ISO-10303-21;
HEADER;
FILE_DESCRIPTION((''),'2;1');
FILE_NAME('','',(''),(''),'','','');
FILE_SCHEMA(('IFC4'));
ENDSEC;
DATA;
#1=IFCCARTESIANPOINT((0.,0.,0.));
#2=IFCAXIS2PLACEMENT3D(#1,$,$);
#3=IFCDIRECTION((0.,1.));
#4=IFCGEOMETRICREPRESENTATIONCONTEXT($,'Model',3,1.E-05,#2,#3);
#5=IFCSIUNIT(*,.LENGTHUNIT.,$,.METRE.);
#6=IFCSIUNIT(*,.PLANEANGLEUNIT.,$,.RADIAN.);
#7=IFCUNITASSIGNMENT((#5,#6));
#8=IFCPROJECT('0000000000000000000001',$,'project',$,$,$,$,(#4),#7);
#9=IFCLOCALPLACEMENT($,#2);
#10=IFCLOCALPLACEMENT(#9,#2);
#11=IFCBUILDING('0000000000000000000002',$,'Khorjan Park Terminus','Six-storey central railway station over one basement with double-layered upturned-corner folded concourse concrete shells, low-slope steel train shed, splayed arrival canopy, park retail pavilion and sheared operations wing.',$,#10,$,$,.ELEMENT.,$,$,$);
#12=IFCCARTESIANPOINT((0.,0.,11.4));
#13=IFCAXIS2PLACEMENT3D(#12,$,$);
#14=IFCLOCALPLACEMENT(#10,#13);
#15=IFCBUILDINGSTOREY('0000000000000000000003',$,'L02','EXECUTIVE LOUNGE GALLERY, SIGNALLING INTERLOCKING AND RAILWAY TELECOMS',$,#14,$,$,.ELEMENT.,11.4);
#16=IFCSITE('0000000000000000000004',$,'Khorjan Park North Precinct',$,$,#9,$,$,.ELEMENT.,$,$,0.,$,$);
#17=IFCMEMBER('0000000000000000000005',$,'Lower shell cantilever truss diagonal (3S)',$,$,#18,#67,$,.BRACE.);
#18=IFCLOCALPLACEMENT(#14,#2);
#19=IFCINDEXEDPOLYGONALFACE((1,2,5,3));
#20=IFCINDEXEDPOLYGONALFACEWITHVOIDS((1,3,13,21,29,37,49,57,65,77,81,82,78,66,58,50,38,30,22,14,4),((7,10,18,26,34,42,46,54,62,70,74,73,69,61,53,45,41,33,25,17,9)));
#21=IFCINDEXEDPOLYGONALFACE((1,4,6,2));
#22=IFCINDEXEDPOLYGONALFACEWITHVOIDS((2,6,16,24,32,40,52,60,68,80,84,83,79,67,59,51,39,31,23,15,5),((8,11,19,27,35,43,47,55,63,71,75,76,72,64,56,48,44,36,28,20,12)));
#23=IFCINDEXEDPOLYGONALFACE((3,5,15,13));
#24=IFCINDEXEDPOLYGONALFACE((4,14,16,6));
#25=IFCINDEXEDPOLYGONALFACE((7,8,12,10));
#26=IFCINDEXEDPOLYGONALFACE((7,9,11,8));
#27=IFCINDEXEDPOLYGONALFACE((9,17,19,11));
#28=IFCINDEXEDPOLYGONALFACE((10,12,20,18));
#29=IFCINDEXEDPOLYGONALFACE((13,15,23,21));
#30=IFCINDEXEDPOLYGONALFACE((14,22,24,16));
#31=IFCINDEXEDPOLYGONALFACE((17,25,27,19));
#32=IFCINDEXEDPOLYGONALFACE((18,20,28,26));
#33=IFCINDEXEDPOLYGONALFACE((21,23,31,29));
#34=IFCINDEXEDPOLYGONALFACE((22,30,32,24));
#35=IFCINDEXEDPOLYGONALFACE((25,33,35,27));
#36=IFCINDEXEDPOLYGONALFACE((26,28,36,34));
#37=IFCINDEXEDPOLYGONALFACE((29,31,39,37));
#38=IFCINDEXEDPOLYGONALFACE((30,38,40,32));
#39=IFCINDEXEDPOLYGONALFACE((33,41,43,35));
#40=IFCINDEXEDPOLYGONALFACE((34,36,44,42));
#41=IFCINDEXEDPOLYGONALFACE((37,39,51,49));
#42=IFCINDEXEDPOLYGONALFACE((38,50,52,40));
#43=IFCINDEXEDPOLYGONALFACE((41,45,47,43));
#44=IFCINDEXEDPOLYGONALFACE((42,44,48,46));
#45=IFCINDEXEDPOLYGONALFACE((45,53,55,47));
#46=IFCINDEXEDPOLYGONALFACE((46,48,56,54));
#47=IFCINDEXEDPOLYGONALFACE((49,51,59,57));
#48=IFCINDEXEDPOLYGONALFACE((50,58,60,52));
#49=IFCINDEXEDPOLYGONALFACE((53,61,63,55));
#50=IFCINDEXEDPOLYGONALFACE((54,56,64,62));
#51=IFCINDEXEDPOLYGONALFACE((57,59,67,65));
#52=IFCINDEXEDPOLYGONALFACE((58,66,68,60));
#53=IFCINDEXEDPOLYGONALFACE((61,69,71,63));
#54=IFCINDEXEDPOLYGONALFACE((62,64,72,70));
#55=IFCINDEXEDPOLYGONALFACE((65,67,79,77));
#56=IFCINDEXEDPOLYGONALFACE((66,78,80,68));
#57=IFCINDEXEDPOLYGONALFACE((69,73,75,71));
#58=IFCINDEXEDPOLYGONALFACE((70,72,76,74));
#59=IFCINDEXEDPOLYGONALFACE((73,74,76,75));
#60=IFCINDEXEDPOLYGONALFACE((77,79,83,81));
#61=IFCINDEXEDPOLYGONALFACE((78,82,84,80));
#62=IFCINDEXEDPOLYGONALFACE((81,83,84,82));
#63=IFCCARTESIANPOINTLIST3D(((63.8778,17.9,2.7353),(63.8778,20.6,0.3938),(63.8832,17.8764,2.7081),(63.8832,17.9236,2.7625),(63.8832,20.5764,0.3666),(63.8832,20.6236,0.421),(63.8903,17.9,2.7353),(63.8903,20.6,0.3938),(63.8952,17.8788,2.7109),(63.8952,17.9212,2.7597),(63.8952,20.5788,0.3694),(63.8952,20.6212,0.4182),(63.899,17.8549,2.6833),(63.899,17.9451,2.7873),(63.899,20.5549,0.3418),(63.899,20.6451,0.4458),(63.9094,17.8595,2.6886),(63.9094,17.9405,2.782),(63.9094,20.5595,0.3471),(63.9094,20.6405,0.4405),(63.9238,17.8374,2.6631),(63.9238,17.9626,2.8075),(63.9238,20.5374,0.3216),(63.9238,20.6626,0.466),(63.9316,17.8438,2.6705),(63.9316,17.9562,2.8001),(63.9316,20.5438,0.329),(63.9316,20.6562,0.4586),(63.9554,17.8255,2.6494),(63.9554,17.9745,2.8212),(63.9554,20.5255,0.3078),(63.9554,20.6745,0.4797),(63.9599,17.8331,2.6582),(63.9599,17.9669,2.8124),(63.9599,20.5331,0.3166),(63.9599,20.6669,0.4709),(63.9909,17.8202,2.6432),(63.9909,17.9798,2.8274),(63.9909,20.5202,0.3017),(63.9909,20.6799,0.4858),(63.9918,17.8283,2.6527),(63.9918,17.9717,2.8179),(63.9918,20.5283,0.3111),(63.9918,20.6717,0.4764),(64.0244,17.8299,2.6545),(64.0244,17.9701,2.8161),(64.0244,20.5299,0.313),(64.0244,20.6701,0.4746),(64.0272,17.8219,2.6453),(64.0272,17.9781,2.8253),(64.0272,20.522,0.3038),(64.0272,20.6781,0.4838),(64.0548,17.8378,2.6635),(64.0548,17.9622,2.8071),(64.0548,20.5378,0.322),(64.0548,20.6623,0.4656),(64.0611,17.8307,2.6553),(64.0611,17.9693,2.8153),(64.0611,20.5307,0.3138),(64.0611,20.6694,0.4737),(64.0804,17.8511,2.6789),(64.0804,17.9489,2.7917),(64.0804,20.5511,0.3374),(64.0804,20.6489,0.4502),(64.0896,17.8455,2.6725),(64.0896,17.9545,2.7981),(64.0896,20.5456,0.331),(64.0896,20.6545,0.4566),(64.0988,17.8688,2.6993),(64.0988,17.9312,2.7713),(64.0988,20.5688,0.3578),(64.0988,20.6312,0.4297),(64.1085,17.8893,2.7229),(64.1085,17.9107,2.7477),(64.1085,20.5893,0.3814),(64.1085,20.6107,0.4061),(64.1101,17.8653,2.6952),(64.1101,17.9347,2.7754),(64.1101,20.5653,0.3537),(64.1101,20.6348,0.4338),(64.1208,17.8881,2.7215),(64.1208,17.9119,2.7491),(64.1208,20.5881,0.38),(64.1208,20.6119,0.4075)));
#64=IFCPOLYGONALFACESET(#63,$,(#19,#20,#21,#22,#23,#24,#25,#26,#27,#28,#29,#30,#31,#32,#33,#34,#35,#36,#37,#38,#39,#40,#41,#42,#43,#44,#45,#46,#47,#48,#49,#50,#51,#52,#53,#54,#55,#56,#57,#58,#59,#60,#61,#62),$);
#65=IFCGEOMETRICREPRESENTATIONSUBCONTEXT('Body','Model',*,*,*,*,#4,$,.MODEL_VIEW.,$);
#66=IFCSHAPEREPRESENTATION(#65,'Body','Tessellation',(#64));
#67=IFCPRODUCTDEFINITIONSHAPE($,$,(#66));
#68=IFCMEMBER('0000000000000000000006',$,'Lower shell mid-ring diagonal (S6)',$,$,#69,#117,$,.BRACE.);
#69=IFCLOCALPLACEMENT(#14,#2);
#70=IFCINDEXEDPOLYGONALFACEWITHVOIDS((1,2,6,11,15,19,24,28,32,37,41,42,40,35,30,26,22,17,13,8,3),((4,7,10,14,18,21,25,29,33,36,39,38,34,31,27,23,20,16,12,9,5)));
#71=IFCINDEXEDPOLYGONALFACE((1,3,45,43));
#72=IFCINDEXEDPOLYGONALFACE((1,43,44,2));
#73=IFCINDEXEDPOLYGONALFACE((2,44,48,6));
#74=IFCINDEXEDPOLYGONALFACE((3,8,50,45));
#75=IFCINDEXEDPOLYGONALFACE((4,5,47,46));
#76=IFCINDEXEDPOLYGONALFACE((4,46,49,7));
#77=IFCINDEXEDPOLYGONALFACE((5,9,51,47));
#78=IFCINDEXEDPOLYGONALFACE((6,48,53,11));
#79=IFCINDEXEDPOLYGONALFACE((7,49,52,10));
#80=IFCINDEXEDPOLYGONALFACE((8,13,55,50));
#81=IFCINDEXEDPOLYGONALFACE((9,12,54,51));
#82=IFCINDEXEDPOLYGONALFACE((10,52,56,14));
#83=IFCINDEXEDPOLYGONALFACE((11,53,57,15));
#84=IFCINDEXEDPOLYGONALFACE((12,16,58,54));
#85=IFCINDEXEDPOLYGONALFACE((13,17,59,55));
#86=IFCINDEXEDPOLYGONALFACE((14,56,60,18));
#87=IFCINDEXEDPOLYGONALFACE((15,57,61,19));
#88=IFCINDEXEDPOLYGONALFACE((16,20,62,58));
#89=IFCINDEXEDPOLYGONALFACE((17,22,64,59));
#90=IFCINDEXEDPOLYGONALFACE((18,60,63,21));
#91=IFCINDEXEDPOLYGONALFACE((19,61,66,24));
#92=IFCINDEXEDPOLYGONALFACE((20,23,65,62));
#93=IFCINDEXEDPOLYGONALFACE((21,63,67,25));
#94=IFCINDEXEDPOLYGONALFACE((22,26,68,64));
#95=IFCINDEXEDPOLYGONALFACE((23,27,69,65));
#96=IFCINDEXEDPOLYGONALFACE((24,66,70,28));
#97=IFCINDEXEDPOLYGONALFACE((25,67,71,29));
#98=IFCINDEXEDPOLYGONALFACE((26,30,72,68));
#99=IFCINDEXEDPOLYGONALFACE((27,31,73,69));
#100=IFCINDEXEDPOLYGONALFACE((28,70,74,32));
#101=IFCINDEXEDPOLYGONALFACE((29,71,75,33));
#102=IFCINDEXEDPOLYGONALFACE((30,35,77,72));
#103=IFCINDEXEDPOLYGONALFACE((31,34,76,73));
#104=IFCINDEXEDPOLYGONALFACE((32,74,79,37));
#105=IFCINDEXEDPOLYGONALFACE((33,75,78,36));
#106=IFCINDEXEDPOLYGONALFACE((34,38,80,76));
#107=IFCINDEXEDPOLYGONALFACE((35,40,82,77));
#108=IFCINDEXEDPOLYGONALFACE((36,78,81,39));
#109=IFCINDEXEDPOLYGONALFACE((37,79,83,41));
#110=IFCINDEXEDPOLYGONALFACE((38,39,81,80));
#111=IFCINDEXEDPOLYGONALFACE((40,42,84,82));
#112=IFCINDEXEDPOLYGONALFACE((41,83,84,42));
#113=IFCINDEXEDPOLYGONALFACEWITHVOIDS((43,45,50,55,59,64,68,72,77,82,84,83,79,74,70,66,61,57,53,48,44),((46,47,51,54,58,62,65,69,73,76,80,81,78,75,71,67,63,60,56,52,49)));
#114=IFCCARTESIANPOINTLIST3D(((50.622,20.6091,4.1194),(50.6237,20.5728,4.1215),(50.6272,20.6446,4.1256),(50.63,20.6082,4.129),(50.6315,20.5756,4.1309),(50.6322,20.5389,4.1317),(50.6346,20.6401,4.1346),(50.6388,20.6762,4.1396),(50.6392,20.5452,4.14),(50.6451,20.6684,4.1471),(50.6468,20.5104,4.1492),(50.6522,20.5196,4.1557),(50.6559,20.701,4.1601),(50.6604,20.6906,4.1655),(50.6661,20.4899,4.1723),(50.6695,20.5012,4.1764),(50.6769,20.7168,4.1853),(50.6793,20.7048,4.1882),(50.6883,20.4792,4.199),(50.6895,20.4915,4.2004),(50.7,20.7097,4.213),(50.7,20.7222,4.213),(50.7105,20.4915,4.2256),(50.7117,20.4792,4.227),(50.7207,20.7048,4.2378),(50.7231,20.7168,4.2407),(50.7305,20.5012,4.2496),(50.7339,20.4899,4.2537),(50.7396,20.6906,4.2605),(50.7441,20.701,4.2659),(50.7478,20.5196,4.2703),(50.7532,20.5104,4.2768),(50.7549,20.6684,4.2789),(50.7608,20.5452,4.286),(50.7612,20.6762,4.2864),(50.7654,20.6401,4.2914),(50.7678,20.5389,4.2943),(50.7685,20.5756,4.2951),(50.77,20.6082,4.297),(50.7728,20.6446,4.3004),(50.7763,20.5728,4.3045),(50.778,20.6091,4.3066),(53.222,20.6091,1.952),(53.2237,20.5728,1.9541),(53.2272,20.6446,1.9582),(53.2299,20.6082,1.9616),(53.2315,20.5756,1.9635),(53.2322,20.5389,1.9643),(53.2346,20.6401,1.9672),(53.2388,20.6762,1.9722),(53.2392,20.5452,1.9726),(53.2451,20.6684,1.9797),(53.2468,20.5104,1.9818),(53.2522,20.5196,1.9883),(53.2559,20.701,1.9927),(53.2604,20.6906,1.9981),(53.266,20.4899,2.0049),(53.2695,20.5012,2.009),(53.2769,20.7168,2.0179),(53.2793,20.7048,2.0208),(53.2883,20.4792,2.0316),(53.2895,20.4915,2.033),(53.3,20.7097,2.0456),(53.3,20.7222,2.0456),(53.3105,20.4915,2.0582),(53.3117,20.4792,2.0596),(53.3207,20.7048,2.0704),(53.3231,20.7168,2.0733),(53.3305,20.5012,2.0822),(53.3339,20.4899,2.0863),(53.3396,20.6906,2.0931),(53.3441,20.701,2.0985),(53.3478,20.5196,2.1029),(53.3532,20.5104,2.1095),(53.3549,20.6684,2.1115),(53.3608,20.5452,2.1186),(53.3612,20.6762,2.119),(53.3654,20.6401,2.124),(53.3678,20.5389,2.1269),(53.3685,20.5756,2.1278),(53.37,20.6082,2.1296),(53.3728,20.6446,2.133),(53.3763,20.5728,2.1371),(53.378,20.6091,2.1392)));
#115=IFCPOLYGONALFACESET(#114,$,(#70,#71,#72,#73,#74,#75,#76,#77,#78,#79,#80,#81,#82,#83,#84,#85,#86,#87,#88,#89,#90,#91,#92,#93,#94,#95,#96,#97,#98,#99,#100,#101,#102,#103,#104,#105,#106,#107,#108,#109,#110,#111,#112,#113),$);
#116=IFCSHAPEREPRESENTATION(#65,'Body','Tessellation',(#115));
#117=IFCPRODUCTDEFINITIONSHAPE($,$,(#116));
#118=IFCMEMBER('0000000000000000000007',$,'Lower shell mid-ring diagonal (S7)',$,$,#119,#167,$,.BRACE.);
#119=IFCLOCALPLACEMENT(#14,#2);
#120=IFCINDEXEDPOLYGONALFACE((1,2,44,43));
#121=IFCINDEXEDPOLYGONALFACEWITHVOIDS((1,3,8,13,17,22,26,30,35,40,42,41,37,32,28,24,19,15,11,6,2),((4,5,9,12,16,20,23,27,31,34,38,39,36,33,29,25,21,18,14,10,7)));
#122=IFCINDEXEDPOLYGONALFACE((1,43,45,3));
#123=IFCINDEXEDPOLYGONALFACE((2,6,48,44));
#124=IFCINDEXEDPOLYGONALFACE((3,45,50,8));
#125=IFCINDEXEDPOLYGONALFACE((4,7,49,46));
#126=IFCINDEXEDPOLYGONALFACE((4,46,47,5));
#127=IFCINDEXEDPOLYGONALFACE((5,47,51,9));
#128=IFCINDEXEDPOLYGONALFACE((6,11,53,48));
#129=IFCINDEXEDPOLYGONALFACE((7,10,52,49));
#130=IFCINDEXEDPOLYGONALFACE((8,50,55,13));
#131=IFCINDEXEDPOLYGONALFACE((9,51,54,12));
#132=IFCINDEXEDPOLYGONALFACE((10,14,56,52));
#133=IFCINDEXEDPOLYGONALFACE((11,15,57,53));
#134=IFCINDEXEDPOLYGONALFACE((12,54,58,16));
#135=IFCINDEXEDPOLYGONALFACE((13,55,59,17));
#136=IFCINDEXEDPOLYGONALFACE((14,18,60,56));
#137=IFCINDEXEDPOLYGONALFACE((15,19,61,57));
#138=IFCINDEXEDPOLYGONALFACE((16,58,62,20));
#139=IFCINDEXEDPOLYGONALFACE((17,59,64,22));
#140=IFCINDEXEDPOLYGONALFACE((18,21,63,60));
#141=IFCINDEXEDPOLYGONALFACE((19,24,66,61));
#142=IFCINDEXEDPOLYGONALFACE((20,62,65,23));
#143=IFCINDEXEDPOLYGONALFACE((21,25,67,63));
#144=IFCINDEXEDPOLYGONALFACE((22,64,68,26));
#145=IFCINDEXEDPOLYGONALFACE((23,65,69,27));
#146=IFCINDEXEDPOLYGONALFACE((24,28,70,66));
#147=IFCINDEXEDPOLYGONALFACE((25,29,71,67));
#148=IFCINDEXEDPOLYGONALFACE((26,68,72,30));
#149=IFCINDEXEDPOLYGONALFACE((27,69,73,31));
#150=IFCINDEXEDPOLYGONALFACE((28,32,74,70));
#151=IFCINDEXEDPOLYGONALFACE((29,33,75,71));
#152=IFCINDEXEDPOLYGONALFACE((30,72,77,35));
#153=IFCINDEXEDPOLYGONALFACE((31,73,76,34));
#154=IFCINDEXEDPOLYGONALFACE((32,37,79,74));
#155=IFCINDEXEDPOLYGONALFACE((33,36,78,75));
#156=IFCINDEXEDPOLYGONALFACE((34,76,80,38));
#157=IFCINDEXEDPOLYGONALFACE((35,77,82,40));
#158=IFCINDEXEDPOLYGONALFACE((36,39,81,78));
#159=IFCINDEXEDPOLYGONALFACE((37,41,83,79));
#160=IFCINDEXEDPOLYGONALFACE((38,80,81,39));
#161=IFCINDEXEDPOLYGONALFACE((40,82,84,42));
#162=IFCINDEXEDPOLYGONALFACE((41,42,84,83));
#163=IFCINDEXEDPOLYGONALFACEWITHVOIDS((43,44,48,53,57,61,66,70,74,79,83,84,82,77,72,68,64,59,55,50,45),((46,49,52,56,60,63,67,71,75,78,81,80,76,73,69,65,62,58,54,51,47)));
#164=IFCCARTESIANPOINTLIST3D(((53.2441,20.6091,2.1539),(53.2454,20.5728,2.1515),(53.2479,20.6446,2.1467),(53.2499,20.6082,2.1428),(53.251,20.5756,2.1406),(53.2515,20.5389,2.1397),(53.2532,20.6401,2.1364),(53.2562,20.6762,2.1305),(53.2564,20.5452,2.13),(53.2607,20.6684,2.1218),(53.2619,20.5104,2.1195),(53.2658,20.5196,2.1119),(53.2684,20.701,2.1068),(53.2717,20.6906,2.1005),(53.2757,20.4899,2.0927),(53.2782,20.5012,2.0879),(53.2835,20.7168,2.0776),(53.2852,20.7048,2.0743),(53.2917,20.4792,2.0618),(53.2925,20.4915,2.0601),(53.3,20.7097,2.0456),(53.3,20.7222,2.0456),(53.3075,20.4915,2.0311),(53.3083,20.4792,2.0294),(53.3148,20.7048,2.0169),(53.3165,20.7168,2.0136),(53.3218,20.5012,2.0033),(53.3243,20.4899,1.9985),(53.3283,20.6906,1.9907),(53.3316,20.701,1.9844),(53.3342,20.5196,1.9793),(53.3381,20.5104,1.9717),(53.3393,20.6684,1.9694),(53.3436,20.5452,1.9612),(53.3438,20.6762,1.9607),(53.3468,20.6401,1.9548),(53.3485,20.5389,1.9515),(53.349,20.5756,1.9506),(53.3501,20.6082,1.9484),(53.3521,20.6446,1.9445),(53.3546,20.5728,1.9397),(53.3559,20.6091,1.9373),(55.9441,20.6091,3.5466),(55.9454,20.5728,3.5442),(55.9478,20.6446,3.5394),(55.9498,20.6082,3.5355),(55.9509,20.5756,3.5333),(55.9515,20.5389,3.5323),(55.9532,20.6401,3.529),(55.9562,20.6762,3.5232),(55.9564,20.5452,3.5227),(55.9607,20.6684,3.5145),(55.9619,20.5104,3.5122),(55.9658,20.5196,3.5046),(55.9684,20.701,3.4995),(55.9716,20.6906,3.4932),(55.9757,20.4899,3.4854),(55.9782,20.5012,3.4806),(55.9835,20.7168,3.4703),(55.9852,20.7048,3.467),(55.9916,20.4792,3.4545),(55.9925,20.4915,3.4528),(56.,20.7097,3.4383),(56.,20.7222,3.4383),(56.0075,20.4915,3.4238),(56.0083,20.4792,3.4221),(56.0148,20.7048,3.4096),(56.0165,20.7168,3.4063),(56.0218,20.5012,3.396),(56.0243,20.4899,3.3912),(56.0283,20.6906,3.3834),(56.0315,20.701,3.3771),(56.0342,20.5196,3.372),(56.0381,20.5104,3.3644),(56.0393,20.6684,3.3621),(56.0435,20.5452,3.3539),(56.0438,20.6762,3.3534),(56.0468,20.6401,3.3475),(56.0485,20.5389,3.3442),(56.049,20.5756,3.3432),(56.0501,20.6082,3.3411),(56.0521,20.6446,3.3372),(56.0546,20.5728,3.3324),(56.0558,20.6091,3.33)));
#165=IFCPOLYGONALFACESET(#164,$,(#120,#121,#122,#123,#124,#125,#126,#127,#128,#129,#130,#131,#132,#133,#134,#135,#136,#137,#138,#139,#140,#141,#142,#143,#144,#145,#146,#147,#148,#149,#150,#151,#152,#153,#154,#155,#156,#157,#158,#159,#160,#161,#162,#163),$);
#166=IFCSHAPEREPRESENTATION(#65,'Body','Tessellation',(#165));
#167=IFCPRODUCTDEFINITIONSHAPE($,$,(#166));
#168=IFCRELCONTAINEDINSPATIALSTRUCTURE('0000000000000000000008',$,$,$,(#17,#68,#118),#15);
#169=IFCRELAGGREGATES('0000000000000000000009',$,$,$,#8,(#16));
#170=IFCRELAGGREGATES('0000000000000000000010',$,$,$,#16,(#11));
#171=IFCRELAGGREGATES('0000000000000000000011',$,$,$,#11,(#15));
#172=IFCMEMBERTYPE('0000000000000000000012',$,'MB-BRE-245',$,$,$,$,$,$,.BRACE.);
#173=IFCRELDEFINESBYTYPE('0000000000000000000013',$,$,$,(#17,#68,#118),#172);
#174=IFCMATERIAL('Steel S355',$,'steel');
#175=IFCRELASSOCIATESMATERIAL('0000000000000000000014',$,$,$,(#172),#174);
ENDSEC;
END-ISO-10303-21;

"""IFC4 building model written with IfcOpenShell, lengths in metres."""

from ifc_helpers import new_model, si_unit, direction, frame, origin, origin_2d, place, context, subcontext, project, spatial, hollow_circle, extrude, material, material_profile, profile_set, type_object, element, save


model = new_model("IFC4")

# Units and contexts
model_context = context("Model", 3, precision=1e-05, world=origin(), true_north=direction((0.0, 1.0)))
body_context = subcontext(model_context, "Body", "Model", "MODEL_VIEW")
ifc_project = project(units=[si_unit("LENGTHUNIT", "METRE"), si_unit("PLANEANGLEUNIT", "RADIAN")], contexts=[model_context])

# Site, building, storey
site_placement = place(None, origin())
site = spatial("IfcSite", under=ifc_project, at=site_placement, Name="Khorjan Park North Precinct", CompositionType="ELEMENT", RefElevation=0.0)
building_placement = place(site_placement, origin())
building = spatial("IfcBuilding", under=site, at=building_placement, Name="Khorjan Park Terminus", Description="Six-storey central railway station over one basement with double-layered upturned-corner folded concourse concrete shells, low-slope steel train shed, splayed arrival canopy, park retail pavilion and sheared operations wing.", CompositionType="ELEMENT")
storey_placement = place(building_placement, frame((0.0, 0.0, 11.4)))
storey = spatial("IfcBuildingStorey", under=building, at=storey_placement, Name="L02", Description="EXECUTIVE LOUNGE GALLERY, SIGNALLING INTERLOCKING AND RAILWAY TELECOMS", CompositionType="ELEMENT", Elevation=11.4)

# Members
ifc_material_1 = material(Name="Steel S355", Category="steel")
ifc_material_profile_1 = material_profile(ifc_material_1, hollow_circle(Radius=0.1222, WallThickness=0.0125, at=origin_2d()), Name="CHS 244.5x12.5")
ifc_profile_set_1 = profile_set([ifc_material_profile_1], Name="Steel S355")
member_type_1 = type_object("IfcMemberType", Name="MB-BRE-245", PredefinedType="BRACE", material=ifc_profile_set_1)
member_1_placement = place(storey_placement, frame((64.0, 17.9, 2.7353), z_axis=(0.0, 0.755481, -0.65517), x_axis=(-1.0, 0.0, 0.0)))
element("IfcMember", 1, at=member_1_placement, inside=storey, type_object=member_type_1, Name="Lower shell cantilever truss diagonal (3S)", PredefinedType="BRACE", context=body_context, shape_type="SweptSolid", body=[
    extrude(hollow_circle(Radius=0.1222, WallThickness=0.0125, at=origin_2d()), origin(), (0.0, 0.0, 1.0), 3.5739),
])
member_2_placement = place(storey_placement, frame((50.7, 20.6, 4.213), z_axis=(0.768115, 0.0, -0.640312), x_axis=(0.0, 1.0, 0.0)))
element("IfcMember", 2, at=member_2_placement, inside=storey, type_object=member_type_1, Name="Lower shell mid-ring diagonal (S6)", PredefinedType="BRACE", context=body_context, shape_type="SweptSolid", body=[
    extrude(hollow_circle(Radius=0.1222, WallThickness=0.0125, at=origin_2d()), origin(), (0.0, 0.0, 1.0), 3.3849),
])
member_3_placement = place(storey_placement, frame((53.3, 20.6, 2.0456), z_axis=(0.888734, 0.0, 0.458422), x_axis=(0.0, 1.0, 0.0)))
element("IfcMember", 3, at=member_3_placement, inside=storey, type_object=member_type_1, Name="Lower shell mid-ring diagonal (S7)", PredefinedType="BRACE", context=body_context, shape_type="SweptSolid", body=[
    extrude(hollow_circle(Radius=0.1222, WallThickness=0.0125, at=origin_2d()), origin(), (0.0, 0.0, 1.0), 3.038),
])

save(model, "model.ifc")
